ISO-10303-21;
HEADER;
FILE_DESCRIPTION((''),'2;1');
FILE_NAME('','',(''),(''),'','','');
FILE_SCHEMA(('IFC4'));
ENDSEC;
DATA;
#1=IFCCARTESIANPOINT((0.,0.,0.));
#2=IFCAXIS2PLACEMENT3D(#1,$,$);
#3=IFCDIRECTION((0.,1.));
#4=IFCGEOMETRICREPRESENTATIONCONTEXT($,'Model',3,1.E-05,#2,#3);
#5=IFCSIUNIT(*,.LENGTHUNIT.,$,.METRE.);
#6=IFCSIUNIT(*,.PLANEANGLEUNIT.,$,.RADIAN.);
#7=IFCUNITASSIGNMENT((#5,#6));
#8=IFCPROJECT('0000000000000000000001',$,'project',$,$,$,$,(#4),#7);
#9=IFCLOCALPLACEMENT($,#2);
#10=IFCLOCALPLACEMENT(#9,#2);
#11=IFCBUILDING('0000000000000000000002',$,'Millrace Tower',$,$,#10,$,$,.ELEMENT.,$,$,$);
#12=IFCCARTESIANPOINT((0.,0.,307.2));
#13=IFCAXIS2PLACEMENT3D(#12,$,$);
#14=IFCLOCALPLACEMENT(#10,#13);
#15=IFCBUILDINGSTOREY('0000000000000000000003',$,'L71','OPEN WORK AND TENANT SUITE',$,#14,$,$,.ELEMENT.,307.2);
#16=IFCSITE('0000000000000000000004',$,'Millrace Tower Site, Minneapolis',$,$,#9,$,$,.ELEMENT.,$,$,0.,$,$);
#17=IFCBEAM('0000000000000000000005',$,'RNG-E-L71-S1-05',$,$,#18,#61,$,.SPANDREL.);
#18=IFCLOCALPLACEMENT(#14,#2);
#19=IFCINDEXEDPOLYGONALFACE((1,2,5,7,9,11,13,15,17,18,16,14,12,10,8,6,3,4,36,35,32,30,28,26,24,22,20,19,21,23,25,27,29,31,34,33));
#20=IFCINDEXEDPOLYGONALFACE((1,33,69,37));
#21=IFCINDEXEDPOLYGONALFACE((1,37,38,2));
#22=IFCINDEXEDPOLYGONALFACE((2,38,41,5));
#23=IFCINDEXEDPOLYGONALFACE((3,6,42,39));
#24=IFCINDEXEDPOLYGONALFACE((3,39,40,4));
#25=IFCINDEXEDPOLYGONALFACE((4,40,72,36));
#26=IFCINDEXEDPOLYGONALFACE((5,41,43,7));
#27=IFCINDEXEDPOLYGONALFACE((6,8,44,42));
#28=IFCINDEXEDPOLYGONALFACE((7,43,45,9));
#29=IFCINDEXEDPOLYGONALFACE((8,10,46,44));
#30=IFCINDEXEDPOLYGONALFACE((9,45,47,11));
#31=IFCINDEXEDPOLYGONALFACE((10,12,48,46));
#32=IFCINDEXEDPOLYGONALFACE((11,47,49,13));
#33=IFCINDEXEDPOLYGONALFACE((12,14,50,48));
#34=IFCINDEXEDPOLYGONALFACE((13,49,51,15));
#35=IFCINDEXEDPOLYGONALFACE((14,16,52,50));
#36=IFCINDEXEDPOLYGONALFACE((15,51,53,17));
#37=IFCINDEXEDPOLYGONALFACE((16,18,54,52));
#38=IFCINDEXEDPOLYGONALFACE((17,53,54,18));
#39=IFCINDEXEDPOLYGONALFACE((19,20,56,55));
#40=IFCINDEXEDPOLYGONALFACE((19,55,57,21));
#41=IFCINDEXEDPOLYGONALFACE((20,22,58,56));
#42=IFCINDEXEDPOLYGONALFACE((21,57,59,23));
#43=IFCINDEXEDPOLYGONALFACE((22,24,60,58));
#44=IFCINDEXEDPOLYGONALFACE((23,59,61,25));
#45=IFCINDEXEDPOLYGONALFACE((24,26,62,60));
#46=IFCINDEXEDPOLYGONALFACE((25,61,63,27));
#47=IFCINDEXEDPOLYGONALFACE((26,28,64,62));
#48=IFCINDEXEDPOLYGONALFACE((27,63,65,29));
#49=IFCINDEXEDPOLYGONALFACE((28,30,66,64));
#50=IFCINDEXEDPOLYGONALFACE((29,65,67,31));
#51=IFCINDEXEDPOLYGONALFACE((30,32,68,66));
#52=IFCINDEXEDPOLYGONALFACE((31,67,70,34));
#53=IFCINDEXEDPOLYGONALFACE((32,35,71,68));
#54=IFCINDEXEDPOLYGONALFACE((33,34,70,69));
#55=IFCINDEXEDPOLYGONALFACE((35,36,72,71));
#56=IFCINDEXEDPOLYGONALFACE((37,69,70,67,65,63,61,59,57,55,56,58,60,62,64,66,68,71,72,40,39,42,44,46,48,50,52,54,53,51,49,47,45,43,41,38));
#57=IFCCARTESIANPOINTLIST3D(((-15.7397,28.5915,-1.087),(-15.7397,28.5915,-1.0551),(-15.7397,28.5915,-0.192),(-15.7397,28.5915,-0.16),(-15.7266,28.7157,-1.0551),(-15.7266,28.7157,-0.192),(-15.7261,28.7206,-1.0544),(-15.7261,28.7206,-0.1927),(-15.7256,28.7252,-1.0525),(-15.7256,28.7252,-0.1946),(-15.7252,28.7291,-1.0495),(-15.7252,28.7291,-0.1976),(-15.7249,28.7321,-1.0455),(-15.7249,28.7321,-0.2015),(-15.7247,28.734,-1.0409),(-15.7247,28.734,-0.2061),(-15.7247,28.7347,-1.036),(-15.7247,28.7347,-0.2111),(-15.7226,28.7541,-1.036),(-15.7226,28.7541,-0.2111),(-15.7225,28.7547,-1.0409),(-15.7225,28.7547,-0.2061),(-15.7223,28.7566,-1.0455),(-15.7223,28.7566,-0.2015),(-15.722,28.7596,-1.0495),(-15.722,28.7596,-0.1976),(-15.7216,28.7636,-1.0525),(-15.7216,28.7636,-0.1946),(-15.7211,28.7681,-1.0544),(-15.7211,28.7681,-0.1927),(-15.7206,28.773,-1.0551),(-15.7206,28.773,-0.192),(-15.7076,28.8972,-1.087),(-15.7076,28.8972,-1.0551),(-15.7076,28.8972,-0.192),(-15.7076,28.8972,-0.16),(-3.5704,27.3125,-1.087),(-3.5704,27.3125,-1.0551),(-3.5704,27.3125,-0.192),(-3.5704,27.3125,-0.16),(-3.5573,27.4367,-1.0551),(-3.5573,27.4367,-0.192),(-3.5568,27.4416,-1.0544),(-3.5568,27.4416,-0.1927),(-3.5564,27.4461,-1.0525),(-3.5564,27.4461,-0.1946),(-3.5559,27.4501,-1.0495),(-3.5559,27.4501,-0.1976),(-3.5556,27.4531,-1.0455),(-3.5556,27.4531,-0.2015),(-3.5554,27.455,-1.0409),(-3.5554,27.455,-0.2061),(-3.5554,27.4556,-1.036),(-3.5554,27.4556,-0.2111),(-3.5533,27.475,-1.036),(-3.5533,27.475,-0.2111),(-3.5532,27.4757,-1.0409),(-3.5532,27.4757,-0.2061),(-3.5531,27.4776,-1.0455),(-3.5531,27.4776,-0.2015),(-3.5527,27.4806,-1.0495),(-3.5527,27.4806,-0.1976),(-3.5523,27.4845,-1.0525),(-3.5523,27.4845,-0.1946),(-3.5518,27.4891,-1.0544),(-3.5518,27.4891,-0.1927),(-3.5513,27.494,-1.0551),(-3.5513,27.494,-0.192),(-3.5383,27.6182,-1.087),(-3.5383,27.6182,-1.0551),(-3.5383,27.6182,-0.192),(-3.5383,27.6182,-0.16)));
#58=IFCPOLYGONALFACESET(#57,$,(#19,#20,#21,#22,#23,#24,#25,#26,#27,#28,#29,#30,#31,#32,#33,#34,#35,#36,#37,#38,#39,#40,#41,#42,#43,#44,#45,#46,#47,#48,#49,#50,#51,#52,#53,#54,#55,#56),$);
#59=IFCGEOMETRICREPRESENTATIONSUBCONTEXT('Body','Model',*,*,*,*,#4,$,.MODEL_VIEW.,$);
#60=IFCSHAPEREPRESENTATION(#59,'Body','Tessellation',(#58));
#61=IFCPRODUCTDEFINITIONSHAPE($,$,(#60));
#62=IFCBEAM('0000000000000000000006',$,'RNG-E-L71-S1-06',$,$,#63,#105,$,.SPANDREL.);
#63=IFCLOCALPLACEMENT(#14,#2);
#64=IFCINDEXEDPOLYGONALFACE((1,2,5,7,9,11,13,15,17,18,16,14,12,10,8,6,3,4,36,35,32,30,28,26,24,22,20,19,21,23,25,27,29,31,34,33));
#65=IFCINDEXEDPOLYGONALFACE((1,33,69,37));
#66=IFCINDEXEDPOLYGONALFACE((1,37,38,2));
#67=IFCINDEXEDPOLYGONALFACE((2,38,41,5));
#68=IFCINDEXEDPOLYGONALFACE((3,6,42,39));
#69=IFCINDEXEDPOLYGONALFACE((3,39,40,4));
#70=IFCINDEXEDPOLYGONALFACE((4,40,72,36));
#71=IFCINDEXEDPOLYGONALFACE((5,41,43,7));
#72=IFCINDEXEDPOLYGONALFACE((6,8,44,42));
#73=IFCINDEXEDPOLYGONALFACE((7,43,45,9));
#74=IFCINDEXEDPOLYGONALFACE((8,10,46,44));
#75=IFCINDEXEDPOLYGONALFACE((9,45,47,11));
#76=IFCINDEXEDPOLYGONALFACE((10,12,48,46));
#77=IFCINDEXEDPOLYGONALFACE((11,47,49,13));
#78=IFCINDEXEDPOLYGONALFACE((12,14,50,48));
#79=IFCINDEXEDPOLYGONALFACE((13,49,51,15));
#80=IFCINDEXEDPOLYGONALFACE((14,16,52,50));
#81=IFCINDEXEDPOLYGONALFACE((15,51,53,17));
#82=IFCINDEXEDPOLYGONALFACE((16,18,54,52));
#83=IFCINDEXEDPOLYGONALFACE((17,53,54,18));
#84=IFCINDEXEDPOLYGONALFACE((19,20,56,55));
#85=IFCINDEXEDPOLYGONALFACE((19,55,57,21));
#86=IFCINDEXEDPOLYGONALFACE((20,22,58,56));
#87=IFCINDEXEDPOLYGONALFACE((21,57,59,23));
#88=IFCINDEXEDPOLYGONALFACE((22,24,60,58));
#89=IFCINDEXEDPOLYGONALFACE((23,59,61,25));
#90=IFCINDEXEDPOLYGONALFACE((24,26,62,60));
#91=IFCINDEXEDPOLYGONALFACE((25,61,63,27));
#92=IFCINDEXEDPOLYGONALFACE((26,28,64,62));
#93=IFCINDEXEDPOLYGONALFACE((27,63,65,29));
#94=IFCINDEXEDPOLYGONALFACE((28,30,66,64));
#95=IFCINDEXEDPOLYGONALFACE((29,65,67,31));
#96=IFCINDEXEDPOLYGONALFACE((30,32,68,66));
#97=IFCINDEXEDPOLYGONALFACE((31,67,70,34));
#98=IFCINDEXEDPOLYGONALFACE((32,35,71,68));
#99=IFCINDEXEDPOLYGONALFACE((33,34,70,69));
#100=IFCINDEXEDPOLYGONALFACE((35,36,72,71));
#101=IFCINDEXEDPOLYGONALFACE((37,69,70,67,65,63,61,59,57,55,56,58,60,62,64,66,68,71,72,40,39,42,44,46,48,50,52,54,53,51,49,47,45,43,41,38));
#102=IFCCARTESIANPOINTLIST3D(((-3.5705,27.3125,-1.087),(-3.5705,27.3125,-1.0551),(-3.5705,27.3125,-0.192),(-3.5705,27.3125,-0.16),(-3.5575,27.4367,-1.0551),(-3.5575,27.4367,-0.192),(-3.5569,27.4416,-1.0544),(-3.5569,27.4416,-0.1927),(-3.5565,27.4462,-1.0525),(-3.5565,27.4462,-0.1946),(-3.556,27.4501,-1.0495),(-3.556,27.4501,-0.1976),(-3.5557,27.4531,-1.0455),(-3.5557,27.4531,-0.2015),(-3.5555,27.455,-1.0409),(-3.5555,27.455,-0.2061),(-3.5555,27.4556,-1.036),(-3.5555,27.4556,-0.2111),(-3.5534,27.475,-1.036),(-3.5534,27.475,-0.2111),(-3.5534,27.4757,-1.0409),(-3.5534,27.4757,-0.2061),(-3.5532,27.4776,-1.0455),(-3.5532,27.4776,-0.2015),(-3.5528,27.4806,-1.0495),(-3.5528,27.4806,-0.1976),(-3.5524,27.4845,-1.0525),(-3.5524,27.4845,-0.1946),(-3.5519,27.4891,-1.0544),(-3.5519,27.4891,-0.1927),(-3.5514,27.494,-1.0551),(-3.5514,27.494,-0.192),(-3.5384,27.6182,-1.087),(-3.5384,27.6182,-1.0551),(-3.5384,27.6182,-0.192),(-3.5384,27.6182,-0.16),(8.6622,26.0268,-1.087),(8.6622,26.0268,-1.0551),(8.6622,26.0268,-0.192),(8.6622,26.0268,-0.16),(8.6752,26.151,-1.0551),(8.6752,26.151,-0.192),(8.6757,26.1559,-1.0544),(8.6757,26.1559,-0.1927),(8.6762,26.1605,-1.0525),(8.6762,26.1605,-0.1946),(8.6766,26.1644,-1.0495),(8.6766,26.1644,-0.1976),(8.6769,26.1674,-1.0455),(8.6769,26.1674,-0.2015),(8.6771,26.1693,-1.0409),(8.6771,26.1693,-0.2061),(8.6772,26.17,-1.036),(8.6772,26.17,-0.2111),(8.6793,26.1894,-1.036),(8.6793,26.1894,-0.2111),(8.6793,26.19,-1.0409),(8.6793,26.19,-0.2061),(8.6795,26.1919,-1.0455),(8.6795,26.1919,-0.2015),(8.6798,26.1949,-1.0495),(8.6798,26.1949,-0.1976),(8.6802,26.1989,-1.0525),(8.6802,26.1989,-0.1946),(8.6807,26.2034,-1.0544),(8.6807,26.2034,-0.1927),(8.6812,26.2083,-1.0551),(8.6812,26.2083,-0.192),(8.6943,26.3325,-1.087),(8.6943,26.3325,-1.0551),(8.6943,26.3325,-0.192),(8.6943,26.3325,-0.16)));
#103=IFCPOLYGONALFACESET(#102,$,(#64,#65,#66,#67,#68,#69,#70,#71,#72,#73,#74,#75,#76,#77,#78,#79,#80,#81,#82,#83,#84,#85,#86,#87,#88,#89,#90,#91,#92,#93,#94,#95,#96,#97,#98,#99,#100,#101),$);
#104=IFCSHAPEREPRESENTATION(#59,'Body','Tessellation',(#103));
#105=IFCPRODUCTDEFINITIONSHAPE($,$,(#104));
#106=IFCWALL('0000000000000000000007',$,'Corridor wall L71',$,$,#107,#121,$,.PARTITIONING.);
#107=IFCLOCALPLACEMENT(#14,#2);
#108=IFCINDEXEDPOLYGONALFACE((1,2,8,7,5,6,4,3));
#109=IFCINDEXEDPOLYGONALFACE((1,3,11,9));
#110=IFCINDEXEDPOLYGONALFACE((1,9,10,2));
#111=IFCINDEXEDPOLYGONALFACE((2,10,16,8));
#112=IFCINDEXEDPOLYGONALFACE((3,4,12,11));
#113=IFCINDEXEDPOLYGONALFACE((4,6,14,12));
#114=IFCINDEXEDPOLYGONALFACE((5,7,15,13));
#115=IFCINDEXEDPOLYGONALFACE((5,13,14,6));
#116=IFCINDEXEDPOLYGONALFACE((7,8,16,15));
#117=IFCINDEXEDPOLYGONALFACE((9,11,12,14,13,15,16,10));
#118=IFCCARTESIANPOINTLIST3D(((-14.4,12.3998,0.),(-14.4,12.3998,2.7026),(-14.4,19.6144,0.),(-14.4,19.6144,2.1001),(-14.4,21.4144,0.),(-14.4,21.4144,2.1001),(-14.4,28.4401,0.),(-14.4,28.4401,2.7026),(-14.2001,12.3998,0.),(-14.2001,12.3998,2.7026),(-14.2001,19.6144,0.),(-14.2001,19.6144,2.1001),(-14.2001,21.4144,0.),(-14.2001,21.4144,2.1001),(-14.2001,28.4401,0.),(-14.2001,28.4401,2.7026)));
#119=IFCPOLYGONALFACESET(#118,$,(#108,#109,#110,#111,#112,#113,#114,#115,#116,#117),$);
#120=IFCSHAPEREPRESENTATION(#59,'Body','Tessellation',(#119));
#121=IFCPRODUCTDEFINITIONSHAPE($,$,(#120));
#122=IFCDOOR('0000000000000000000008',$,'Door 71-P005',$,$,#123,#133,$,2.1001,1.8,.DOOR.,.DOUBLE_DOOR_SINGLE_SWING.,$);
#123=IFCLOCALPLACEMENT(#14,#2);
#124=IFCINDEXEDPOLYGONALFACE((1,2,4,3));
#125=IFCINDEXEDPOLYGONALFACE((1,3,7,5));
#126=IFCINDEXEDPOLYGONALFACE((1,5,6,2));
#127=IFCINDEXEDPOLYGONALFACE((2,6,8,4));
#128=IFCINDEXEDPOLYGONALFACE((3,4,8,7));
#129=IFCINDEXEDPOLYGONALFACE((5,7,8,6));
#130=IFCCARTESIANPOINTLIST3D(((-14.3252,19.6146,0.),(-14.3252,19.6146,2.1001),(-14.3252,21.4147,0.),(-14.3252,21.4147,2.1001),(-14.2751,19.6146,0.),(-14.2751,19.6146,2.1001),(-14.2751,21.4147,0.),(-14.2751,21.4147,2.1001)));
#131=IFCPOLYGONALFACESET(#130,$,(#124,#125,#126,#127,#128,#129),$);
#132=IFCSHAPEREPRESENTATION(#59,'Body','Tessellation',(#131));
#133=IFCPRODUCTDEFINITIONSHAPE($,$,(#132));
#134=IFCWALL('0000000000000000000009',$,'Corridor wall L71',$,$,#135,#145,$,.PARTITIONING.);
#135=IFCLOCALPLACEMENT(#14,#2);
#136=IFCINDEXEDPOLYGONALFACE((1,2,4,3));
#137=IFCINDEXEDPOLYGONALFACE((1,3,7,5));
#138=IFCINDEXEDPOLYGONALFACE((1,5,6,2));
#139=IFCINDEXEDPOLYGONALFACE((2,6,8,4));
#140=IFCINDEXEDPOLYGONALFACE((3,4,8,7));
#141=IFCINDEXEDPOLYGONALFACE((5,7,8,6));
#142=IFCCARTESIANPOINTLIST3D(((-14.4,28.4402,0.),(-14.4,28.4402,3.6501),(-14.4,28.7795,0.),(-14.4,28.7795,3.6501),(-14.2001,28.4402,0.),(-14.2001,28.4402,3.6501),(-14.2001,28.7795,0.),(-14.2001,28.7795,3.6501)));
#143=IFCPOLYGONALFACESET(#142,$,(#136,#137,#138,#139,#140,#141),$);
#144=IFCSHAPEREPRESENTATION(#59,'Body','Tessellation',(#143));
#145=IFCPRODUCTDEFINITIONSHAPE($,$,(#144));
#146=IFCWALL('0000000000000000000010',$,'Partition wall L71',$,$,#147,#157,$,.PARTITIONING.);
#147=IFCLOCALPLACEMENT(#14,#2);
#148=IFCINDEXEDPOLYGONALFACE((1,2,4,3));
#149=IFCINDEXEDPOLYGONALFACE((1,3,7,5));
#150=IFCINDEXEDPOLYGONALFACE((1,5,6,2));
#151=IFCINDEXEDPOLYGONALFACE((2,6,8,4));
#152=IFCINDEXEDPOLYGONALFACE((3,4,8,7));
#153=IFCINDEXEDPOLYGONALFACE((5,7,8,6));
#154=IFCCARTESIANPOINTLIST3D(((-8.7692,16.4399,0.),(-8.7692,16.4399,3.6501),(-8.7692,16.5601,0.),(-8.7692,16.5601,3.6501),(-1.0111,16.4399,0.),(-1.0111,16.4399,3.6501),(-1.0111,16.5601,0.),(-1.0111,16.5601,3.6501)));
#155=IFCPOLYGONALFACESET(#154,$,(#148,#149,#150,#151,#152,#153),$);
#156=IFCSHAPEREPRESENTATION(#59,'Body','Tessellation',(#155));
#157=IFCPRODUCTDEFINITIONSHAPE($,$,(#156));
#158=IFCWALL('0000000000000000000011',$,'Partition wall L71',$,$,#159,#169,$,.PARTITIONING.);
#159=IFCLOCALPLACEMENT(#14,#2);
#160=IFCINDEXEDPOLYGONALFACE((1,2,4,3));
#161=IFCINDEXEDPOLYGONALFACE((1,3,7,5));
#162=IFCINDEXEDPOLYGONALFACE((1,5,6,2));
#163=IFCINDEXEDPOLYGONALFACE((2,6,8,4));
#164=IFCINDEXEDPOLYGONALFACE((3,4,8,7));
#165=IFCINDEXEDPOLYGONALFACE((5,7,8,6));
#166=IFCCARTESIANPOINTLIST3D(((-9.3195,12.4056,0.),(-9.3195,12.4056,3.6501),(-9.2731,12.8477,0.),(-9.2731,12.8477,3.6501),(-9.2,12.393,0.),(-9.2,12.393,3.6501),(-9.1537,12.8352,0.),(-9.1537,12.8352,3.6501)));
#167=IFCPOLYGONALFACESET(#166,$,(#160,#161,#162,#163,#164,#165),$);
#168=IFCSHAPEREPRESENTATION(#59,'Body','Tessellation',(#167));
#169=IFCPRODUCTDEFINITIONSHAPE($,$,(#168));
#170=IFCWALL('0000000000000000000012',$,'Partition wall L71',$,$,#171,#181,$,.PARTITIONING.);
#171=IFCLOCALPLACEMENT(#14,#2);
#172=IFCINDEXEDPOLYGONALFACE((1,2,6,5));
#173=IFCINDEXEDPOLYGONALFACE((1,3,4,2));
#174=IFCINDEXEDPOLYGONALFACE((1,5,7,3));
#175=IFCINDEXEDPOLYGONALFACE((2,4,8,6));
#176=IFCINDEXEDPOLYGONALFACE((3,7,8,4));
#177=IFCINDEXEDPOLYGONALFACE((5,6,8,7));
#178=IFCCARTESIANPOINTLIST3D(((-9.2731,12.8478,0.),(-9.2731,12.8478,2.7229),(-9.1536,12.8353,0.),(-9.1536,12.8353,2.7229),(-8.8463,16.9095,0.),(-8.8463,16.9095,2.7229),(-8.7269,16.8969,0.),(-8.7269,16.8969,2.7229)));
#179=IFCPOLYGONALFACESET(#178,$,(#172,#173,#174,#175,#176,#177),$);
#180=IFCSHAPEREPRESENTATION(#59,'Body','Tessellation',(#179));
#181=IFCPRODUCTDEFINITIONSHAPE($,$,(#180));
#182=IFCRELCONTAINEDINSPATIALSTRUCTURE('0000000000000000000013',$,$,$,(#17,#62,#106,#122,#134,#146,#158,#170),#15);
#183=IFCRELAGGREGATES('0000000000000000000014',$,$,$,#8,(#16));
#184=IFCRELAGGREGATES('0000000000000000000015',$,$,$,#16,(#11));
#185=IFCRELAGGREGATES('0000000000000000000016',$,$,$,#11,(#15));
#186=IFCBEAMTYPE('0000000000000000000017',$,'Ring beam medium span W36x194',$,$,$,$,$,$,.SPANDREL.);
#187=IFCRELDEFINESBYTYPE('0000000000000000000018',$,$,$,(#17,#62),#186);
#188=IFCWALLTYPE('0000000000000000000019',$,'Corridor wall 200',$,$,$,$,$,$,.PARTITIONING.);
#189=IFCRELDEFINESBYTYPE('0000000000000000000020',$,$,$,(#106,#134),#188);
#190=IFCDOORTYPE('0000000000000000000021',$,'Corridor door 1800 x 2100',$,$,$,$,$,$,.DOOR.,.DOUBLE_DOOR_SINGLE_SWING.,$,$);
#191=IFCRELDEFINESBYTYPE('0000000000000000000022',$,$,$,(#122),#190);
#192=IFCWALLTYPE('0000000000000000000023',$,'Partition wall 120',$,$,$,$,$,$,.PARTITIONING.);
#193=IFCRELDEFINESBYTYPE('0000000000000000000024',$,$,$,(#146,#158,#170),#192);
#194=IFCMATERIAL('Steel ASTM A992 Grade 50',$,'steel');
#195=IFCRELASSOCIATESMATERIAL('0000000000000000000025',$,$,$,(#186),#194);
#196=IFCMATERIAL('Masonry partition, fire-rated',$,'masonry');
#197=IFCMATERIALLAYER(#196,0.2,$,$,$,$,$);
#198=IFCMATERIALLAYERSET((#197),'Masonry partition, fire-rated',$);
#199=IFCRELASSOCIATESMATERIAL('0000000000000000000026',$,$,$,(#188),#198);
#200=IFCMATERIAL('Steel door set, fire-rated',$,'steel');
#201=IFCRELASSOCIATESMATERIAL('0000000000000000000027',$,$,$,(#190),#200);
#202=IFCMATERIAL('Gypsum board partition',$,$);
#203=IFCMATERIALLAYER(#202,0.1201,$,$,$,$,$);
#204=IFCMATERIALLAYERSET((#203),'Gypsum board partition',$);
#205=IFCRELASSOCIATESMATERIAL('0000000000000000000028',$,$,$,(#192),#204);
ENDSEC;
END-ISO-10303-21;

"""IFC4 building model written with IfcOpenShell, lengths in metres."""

from ifc_helpers import new_model, si_unit, direction, frame, frame_2d, origin, origin_2d, place, context, subcontext, project, spatial, rectangle, i_section, extrude, material, layer, layer_set, material_profile, profile_set, type_object, element, fill, save


model = new_model("IFC4")

# Units and contexts
model_context = context("Model", 3, precision=1e-05, world=origin(), true_north=direction((0.0, 1.0)))
body_context = subcontext(model_context, "Body", "Model", "MODEL_VIEW")
ifc_project = project(units=[si_unit("LENGTHUNIT", "METRE"), si_unit("PLANEANGLEUNIT", "RADIAN")], contexts=[model_context])

# Site, building, storey
site_placement = place(None, origin())
site = spatial("IfcSite", under=ifc_project, at=site_placement, Name="Millrace Tower Site, Minneapolis", CompositionType="ELEMENT", RefElevation=0.0)
building_placement = place(site_placement, origin())
building = spatial("IfcBuilding", under=site, at=building_placement, Name="Millrace Tower", CompositionType="ELEMENT")
storey_placement = place(building_placement, frame((0.0, 0.0, 307.2)))
storey = spatial("IfcBuildingStorey", under=building, at=storey_placement, Name="L71", Description="OPEN WORK AND TENANT SUITE", CompositionType="ELEMENT", Elevation=307.2)

# Beams
ifc_material_1 = material(Name="Steel ASTM A992 Grade 50", Category="steel")
ifc_material_profile_1 = material_profile(ifc_material_1, i_section(OverallWidth=0.3074, OverallDepth=0.927, WebThickness=0.0195, FlangeThickness=0.032, FilletRadius=0.019, at=origin_2d()))
ifc_profile_set_1 = profile_set([ifc_material_profile_1], Name="Steel ASTM A992 Grade 50")
beam_type_1 = type_object("IfcBeamType", Name="Ring beam medium span W36x194", PredefinedType="SPANDREL", material=ifc_profile_set_1)
beam_1_placement = place(storey_placement, frame((-15.7236, 28.7444, -0.6235), z_axis=(0.994522, -0.10453, 0.0), x_axis=(0.10453, 0.994522, 0.0)))
element("IfcBeam", 1, at=beam_1_placement, inside=storey, type_object=beam_type_1, Name="RNG-E-L71-S1-05", PredefinedType="SPANDREL", context=body_context, shape_type="SweptSolid", body=[
    extrude(i_section(OverallWidth=0.3074, OverallDepth=0.927, WebThickness=0.0195, FlangeThickness=0.032, FilletRadius=0.019, at=origin_2d()), origin(), (0.0, 0.0, 1.0), 12.2363),
])
beam_2_placement = place(storey_placement, frame((-3.5544, 27.4653, -0.6235), z_axis=(0.994522, -0.104524, 0.0), x_axis=(0.104524, 0.994522, 0.0)))
element("IfcBeam", 2, at=beam_2_placement, inside=storey, type_object=beam_type_1, Name="RNG-E-L71-S1-06", PredefinedType="SPANDREL", context=body_context, shape_type="SweptSolid", body=[
    extrude(i_section(OverallWidth=0.3074, OverallDepth=0.927, WebThickness=0.0195, FlangeThickness=0.032, FilletRadius=0.019, at=origin_2d()), origin(), (0.0, 0.0, 1.0), 12.3),
])

# Wall, opening, door
ifc_material_2 = material(Name="Masonry partition, fire-rated", Category="masonry")
ifc_layer_1 = layer(ifc_material_2, 0.2)
ifc_layer_set_1 = layer_set([ifc_layer_1], Name="Masonry partition, fire-rated")
wall_type_1 = type_object("IfcWallType", Name="Corridor wall 200", PredefinedType="PARTITIONING", material=ifc_layer_set_1)
wall_1_placement = place(storey_placement, frame((-14.3, 12.3999, 0.0), z_axis=(0.0, 0.0, 1.0), x_axis=(0.0, 1.0, 0.0)))
wall_1 = element("IfcWall", 3, at=wall_1_placement, inside=storey, type_object=wall_type_1, Name="Corridor wall L71", PredefinedType="PARTITIONING", context=body_context, shape_type="SweptSolid", body=[
    extrude(rectangle(XDim=16.0403, YDim=0.2, at=frame_2d((8.02, 0.0))), origin(), (0.0, 0.0, 1.0), 2.7026),
])
opening_placement = place(wall_1_placement, frame((7.2146, 0.0, 0.0)))
opening = element("IfcOpeningElement", 4, at=opening_placement, cuts=wall_1, PredefinedType="OPENING", context=body_context, shape_type="SweptSolid", body=[
    extrude(rectangle(XDim=1.8, YDim=2.1001, at=frame_2d((0.8999, 1.05))), frame((0.0, 0.1099, 0.0), z_axis=(0.0, -1.0, 0.0), x_axis=(1.0, 0.0, 0.0)), (0.0, 0.0, 1.0), 0.22),
])
ifc_material_3 = material(Name="Steel door set, fire-rated", Category="steel")
door_type = type_object("IfcDoorType", Name="Corridor door 1800 x 2100", OperationType="DOUBLE_DOOR_SINGLE_SWING", PredefinedType="DOOR", material=ifc_material_3)
door_placement = place(opening_placement, frame((1.8, 0.0, 0.0), z_axis=(0.0, 0.0, 1.0), x_axis=(-1.0, 0.0, 0.0)))
door = element("IfcDoor", 5, at=door_placement, inside=storey, type_object=door_type, Name="Door 71-P005", OperationType="DOUBLE_DOOR_SINGLE_SWING", OverallHeight=2.1001, OverallWidth=1.8, PredefinedType="DOOR", context=body_context, shape_type="SweptSolid", body=[
    extrude(rectangle(XDim=1.8, YDim=2.1001, at=frame_2d((0.8999, 1.05))), frame((0.0, 0.0249, 0.0), z_axis=(0.0, -1.0, 0.0), x_axis=(1.0, 0.0, 0.0)), (0.0, 0.0, 1.0), 0.05),
])
fill(opening, door)

# Walls
wall_2_placement = place(storey_placement, frame((-14.3, 28.4402, 0.0), z_axis=(0.0, 0.0, 1.0), x_axis=(0.0, 1.0, 0.0)))
element("IfcWall", 6, at=wall_2_placement, inside=storey, type_object=wall_type_1, Name="Corridor wall L71", PredefinedType="PARTITIONING", context=body_context, shape_type="SweptSolid", body=[
    extrude(rectangle(XDim=0.3394, YDim=0.2, at=frame_2d((0.1697, 0.0))), origin(), (0.0, 0.0, 1.0), 3.6501),
])
ifc_material_4 = material(Name="Gypsum board partition")
ifc_layer_2 = layer(ifc_material_4, 0.1201)
ifc_layer_set_2 = layer_set([ifc_layer_2], Name="Gypsum board partition")
wall_type_2 = type_object("IfcWallType", Name="Partition wall 120", PredefinedType="PARTITIONING", material=ifc_layer_set_2)
wall_3_placement = place(storey_placement, frame((-8.769, 16.5, 0.0), z_axis=(0.0, 0.0, 1.0), x_axis=(1.0, 0.0, 0.0)))
element("IfcWall", 7, at=wall_3_placement, inside=storey, type_object=wall_type_2, Name="Partition wall L71", PredefinedType="PARTITIONING", context=body_context, shape_type="SweptSolid", body=[
    extrude(rectangle(XDim=7.7581, YDim=0.1201, at=frame_2d((3.8789, 0.0))), origin(), (0.0, 0.0, 1.0), 3.6501),
])
wall_4_placement = place(storey_placement, frame((-9.2598, 12.3994, 0.0), z_axis=(0.0, 0.0, 1.0), x_axis=(0.104342, 0.994542, 0.0)))
element("IfcWall", 8, at=wall_4_placement, inside=storey, type_object=wall_type_2, Name="Partition wall L71", PredefinedType="PARTITIONING", context=body_context, shape_type="SweptSolid", body=[
    extrude(rectangle(XDim=0.4446, YDim=0.1201, at=frame_2d((0.2222, 0.0))), origin(), (0.0, 0.0, 1.0), 3.6501),
])
wall_5_placement = place(storey_placement, frame((-9.2134, 12.8416, 0.0), z_axis=(0.0, 0.0, 1.0), x_axis=(0.104498, 0.994525, 0.0)))
element("IfcWall", 9, at=wall_5_placement, inside=storey, type_object=wall_type_2, Name="Partition wall L71", PredefinedType="PARTITIONING", context=body_context, shape_type="SweptSolid", body=[
    extrude(rectangle(XDim=4.084, YDim=0.1201, at=frame_2d((2.042, 0.0))), origin(), (0.0, 0.0, 1.0), 2.7229),
])

save(model, "model.ifc")
